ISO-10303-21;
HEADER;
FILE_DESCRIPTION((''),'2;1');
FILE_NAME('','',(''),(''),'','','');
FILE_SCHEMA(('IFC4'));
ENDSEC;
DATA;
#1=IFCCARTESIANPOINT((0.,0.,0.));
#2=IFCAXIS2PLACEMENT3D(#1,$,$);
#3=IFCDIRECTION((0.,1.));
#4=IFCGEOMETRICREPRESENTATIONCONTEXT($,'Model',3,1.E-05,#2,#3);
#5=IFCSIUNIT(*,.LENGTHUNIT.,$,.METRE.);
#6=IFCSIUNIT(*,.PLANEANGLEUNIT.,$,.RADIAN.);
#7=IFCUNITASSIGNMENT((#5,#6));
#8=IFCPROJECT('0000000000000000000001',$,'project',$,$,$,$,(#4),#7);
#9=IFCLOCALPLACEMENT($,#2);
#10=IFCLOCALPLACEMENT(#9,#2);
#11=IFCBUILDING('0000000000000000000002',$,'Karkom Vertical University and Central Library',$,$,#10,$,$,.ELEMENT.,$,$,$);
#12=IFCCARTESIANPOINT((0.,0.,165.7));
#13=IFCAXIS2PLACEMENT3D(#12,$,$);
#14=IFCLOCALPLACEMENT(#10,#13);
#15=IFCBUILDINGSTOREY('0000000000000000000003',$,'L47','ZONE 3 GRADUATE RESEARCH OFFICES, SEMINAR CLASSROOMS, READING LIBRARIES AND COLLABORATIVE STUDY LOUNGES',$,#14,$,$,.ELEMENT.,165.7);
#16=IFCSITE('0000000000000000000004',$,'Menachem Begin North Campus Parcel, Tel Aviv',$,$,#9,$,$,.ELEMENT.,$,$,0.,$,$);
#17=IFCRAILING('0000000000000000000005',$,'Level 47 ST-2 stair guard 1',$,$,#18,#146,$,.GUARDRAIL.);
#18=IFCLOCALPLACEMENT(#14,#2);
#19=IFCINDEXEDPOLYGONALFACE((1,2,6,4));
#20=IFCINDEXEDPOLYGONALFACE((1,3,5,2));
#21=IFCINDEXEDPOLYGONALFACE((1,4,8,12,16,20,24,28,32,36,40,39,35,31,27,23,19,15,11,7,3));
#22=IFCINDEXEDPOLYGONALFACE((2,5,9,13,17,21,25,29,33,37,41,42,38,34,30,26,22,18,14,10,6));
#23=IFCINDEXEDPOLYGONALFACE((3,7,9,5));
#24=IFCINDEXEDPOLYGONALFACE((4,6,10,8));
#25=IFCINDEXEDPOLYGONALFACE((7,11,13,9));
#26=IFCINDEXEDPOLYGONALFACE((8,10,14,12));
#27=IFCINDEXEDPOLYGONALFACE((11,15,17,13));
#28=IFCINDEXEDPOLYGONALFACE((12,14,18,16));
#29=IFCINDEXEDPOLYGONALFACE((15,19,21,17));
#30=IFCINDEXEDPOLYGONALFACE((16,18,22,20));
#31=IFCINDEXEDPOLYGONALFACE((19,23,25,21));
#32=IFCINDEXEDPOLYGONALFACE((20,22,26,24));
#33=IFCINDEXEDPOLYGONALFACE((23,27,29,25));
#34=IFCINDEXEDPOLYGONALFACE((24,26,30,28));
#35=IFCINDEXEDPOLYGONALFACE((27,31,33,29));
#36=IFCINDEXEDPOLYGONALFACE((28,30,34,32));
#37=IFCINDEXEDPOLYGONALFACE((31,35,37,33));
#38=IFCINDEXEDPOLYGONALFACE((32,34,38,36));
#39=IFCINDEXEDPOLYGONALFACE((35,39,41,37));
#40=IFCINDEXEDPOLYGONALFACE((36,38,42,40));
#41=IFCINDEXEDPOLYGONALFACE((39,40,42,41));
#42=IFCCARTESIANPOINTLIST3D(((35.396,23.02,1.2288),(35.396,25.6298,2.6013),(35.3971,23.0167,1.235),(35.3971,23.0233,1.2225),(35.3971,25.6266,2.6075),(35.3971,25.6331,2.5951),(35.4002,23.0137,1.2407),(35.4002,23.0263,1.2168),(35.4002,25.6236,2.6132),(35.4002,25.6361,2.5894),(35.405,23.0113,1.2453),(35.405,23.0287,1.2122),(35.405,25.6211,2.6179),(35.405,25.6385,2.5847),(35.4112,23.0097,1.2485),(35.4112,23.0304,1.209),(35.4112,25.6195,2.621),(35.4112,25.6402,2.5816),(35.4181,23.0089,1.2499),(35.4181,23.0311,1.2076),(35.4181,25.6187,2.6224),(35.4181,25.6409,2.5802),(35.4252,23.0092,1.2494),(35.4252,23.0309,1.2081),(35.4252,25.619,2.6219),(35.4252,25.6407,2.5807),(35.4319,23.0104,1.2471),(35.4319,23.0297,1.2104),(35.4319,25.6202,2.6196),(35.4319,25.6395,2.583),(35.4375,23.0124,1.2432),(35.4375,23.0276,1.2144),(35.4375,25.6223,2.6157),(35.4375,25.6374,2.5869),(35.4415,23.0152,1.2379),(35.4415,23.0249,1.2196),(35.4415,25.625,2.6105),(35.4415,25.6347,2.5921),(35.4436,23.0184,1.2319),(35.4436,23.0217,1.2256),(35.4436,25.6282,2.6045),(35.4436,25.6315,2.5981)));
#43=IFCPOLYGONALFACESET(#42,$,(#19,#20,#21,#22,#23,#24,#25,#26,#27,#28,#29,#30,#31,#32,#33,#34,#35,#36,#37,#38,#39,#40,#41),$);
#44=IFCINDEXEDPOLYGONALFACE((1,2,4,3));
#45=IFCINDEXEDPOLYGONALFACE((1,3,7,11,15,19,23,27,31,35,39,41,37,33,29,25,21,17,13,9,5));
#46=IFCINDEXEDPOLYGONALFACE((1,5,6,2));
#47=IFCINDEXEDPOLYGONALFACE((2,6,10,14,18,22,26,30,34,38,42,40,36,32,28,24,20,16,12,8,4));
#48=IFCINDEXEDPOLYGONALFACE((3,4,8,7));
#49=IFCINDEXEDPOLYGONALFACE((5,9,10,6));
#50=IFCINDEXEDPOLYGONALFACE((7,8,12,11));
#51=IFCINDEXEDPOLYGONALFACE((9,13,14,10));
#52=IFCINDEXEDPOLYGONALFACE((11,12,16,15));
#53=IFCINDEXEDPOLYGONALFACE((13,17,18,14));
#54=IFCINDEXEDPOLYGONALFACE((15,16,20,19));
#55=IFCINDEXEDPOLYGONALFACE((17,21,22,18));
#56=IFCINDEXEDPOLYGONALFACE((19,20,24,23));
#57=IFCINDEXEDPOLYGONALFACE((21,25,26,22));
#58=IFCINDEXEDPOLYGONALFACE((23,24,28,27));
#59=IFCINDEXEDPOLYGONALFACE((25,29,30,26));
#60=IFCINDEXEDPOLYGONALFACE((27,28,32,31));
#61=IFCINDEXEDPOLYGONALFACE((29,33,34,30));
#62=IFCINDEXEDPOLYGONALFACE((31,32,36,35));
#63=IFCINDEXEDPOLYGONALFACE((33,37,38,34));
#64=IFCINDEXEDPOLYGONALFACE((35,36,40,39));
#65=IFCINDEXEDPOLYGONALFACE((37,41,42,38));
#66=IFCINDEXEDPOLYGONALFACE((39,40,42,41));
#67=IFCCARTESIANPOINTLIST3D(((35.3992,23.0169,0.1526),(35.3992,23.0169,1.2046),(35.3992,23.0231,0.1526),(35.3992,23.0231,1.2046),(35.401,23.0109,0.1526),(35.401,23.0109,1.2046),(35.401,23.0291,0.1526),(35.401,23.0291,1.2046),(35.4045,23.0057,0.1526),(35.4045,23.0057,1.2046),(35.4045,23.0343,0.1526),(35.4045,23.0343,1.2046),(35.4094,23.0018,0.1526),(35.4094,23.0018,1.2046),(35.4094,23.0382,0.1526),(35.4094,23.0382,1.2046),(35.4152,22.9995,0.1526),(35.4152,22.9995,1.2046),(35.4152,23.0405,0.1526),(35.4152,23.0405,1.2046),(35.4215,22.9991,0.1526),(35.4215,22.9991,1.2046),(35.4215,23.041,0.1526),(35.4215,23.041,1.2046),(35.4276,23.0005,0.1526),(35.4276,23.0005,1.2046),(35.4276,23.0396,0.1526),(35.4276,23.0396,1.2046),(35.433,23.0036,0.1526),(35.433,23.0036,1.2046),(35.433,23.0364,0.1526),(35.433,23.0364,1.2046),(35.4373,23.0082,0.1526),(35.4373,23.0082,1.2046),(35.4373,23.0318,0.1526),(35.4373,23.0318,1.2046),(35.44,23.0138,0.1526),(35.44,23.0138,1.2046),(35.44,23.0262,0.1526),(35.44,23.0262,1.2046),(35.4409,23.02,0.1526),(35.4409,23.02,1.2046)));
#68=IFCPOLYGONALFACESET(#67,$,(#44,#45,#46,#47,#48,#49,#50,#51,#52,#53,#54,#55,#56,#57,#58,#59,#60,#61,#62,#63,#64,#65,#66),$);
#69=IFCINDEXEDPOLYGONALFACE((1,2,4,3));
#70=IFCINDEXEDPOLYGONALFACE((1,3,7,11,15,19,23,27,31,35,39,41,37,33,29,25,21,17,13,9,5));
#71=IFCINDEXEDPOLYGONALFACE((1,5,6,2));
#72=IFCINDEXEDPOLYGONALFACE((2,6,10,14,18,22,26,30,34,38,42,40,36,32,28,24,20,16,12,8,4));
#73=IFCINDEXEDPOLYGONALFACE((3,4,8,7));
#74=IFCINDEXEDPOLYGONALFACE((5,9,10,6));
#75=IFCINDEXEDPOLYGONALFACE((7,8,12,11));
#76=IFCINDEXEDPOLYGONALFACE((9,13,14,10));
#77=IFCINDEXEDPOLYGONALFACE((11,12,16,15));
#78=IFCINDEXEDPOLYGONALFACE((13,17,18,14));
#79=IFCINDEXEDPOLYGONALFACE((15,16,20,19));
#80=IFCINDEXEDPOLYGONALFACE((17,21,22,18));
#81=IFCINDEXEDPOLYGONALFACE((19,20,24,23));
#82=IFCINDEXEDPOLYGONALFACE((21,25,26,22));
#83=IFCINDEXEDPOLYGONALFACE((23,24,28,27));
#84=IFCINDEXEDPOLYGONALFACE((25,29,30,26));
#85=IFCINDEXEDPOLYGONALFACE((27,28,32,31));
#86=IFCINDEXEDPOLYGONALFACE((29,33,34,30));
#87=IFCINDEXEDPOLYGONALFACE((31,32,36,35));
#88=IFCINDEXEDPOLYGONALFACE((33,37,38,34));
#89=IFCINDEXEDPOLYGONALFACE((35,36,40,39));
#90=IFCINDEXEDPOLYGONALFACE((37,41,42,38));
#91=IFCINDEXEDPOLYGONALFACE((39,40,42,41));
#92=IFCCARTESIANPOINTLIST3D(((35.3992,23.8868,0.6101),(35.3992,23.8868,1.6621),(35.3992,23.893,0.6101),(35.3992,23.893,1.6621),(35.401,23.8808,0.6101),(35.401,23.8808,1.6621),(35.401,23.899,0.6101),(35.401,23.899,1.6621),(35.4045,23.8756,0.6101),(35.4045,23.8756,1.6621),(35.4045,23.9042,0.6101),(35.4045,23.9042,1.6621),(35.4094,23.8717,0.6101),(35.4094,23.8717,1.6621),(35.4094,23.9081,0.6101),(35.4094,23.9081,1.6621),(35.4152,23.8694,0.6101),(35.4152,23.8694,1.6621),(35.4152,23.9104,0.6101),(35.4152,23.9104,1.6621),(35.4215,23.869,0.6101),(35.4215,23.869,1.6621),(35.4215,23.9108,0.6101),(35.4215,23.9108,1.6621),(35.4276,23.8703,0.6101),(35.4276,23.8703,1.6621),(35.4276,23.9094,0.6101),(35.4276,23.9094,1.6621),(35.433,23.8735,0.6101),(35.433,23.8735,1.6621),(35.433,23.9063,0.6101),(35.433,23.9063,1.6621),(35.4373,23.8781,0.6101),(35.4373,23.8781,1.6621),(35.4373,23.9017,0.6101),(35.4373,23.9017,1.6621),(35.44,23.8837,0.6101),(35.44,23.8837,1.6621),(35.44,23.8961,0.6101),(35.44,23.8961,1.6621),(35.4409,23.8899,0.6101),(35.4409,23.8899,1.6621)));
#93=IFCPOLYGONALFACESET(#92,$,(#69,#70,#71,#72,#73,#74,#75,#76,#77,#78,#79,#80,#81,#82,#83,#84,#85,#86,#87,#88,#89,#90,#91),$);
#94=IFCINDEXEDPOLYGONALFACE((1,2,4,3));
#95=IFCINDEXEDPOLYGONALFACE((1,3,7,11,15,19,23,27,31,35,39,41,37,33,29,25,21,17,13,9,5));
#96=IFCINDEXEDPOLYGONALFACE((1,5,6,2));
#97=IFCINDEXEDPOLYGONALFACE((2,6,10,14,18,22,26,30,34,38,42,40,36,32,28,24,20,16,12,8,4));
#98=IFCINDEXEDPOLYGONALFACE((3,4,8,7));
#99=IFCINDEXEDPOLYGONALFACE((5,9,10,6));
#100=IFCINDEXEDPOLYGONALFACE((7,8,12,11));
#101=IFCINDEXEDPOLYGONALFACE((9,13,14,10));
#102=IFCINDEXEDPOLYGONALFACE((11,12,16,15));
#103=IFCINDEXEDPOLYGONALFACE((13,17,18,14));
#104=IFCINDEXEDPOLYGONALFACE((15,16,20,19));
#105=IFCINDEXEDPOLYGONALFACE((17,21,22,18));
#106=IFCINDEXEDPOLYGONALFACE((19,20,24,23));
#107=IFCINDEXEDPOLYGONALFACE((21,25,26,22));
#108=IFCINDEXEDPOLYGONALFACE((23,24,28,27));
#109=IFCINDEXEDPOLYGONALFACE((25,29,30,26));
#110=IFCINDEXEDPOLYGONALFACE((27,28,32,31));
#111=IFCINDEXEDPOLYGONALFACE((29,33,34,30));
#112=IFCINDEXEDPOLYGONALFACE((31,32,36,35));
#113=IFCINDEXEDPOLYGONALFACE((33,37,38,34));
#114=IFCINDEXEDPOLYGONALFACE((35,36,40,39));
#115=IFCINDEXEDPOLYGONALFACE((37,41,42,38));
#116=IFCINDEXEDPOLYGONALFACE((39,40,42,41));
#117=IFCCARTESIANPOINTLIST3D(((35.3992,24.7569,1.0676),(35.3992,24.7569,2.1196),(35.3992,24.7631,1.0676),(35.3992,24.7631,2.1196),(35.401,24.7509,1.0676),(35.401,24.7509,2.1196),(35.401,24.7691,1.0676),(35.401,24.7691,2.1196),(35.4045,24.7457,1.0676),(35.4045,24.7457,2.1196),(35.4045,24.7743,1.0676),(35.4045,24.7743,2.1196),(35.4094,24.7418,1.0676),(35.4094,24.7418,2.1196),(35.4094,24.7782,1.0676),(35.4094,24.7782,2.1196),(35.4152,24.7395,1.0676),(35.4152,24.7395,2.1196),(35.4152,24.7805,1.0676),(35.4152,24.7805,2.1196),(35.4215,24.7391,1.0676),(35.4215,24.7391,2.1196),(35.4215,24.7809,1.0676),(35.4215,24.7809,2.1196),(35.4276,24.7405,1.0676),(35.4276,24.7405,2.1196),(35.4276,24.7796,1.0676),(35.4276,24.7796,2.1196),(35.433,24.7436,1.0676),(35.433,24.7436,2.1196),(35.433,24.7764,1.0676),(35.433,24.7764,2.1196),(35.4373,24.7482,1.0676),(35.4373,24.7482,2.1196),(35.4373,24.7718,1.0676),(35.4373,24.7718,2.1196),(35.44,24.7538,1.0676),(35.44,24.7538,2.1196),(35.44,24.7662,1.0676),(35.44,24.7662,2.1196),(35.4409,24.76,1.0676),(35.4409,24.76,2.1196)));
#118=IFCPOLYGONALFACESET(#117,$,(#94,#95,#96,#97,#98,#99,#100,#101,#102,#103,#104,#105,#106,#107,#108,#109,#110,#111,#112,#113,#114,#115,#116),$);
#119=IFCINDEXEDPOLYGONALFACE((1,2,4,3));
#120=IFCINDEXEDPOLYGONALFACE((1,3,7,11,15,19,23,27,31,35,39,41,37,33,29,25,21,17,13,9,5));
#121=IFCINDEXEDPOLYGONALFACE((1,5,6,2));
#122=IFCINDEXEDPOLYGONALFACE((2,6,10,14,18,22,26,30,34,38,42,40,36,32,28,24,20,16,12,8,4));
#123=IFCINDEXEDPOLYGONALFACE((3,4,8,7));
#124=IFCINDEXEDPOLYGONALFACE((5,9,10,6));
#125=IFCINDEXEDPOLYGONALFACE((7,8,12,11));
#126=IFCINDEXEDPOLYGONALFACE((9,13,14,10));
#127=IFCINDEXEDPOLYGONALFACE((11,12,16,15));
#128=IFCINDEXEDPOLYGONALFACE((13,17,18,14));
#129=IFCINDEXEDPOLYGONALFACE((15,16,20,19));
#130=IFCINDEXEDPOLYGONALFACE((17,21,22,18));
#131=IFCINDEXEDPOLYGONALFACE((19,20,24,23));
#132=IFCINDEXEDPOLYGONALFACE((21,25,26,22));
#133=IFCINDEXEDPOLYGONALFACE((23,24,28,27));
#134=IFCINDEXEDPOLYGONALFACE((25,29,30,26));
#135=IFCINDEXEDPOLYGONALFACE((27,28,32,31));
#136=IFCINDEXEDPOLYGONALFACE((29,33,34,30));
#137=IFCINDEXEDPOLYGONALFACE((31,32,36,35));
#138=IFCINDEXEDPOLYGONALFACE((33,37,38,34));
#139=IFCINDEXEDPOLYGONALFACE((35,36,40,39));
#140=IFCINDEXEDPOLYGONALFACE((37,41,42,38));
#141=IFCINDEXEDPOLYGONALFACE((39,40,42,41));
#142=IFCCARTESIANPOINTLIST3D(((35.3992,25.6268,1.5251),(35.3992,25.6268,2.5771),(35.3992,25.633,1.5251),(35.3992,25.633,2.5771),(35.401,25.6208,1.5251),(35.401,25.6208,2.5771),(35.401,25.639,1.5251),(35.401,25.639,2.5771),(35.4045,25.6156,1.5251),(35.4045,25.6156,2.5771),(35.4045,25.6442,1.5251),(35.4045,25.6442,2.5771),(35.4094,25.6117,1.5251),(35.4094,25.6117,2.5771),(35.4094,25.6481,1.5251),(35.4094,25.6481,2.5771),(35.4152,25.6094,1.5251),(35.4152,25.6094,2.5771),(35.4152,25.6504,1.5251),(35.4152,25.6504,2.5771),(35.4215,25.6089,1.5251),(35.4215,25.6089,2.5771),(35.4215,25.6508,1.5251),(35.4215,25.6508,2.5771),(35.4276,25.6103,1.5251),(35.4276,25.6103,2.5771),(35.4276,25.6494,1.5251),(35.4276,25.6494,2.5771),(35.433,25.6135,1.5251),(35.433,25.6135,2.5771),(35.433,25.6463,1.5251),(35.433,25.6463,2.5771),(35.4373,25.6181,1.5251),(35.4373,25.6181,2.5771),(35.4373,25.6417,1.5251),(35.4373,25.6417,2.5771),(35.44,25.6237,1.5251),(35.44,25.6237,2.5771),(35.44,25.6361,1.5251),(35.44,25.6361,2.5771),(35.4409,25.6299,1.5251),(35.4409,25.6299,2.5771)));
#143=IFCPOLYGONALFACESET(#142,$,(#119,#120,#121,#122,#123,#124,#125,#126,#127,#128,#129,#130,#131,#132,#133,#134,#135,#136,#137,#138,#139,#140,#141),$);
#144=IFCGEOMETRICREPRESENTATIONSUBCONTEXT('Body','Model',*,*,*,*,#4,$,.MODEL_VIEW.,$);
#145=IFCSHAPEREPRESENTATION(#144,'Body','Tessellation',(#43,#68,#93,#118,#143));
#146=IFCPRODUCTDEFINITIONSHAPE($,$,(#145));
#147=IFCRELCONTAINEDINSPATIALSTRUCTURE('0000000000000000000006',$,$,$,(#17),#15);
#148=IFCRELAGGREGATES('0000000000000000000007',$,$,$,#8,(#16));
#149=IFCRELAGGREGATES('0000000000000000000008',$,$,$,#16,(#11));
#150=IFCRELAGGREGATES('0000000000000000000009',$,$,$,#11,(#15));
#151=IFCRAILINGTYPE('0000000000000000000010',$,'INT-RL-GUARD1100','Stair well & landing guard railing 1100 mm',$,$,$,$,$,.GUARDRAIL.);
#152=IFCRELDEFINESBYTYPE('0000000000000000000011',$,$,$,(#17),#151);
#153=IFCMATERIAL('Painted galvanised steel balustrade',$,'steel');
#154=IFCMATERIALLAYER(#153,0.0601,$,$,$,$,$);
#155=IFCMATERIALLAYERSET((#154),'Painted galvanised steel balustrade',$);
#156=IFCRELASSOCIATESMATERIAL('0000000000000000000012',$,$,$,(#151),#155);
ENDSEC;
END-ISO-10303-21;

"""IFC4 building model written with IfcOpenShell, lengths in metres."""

from ifc_helpers import new_model, si_unit, direction, frame, origin, origin_2d, place, context, subcontext, project, spatial, circle, extrude, material, layer, layer_set, type_object, element, save


model = new_model("IFC4")

# Units and contexts
model_context = context("Model", 3, precision=1e-05, world=origin(), true_north=direction((0.0, 1.0)))
body_context = subcontext(model_context, "Body", "Model", "MODEL_VIEW")
ifc_project = project(units=[si_unit("LENGTHUNIT", "METRE"), si_unit("PLANEANGLEUNIT", "RADIAN")], contexts=[model_context])

# Site, building, storey
site_placement = place(None, origin())
site = spatial("IfcSite", under=ifc_project, at=site_placement, Name="Menachem Begin North Campus Parcel, Tel Aviv", CompositionType="ELEMENT", RefElevation=0.0)
building_placement = place(site_placement, origin())
building = spatial("IfcBuilding", under=site, at=building_placement, Name="Karkom Vertical University and Central Library", CompositionType="ELEMENT")
storey_placement = place(building_placement, frame((0.0, 0.0, 165.7)))
storey = spatial("IfcBuildingStorey", under=building, at=storey_placement, Name="L47", Description="ZONE 3 GRADUATE RESEARCH OFFICES, SEMINAR CLASSROOMS, READING LIBRARIES AND COLLABORATIVE STUDY LOUNGES", CompositionType="ELEMENT", Elevation=165.7)

# Railing
ifc_material_1 = material(Name="Painted galvanised steel balustrade", Category="steel")
ifc_layer_1 = layer(ifc_material_1, 0.0601)
ifc_layer_set_1 = layer_set([ifc_layer_1], Name="Painted galvanised steel balustrade")
railing_type_1 = type_object("IfcRailingType", Name="INT-RL-GUARD1100", Description="Stair well & landing guard railing 1100 mm", PredefinedType="GUARDRAIL", material=ifc_layer_set_1)
railing_1_placement = place(storey_placement, frame((35.4199, 23.02, 0.1526)))
element("IfcRailing", 1, at=railing_1_placement, inside=storey, type_object=railing_type_1, Name="Level 47 ST-2 stair guard 1", PredefinedType="GUARDRAIL", context=body_context, shape_type="SweptSolid", body=[
    extrude(circle(Radius=0.0239, at=origin_2d()), frame((0.0, 0.0, 1.0762), z_axis=(0.0, 0.885065, 0.465467), x_axis=(-1.0, 0.0, 0.0)), (0.0, 0.0, 1.0), 2.9487),
    extrude(circle(Radius=0.021, at=origin_2d()), origin(), (0.0, 0.0, 1.0), 1.052),
    extrude(circle(Radius=0.021, at=origin_2d()), frame((0.0, 0.8699, 0.4575)), (0.0, 0.0, 1.0), 1.052),
    extrude(circle(Radius=0.021, at=origin_2d()), frame((0.0, 1.74, 0.915)), (0.0, 0.0, 1.0), 1.052),
    extrude(circle(Radius=0.021, at=origin_2d()), frame((0.0, 2.6099, 1.3726)), (0.0, 0.0, 1.0), 1.052),
])

save(model, "model.ifc")
